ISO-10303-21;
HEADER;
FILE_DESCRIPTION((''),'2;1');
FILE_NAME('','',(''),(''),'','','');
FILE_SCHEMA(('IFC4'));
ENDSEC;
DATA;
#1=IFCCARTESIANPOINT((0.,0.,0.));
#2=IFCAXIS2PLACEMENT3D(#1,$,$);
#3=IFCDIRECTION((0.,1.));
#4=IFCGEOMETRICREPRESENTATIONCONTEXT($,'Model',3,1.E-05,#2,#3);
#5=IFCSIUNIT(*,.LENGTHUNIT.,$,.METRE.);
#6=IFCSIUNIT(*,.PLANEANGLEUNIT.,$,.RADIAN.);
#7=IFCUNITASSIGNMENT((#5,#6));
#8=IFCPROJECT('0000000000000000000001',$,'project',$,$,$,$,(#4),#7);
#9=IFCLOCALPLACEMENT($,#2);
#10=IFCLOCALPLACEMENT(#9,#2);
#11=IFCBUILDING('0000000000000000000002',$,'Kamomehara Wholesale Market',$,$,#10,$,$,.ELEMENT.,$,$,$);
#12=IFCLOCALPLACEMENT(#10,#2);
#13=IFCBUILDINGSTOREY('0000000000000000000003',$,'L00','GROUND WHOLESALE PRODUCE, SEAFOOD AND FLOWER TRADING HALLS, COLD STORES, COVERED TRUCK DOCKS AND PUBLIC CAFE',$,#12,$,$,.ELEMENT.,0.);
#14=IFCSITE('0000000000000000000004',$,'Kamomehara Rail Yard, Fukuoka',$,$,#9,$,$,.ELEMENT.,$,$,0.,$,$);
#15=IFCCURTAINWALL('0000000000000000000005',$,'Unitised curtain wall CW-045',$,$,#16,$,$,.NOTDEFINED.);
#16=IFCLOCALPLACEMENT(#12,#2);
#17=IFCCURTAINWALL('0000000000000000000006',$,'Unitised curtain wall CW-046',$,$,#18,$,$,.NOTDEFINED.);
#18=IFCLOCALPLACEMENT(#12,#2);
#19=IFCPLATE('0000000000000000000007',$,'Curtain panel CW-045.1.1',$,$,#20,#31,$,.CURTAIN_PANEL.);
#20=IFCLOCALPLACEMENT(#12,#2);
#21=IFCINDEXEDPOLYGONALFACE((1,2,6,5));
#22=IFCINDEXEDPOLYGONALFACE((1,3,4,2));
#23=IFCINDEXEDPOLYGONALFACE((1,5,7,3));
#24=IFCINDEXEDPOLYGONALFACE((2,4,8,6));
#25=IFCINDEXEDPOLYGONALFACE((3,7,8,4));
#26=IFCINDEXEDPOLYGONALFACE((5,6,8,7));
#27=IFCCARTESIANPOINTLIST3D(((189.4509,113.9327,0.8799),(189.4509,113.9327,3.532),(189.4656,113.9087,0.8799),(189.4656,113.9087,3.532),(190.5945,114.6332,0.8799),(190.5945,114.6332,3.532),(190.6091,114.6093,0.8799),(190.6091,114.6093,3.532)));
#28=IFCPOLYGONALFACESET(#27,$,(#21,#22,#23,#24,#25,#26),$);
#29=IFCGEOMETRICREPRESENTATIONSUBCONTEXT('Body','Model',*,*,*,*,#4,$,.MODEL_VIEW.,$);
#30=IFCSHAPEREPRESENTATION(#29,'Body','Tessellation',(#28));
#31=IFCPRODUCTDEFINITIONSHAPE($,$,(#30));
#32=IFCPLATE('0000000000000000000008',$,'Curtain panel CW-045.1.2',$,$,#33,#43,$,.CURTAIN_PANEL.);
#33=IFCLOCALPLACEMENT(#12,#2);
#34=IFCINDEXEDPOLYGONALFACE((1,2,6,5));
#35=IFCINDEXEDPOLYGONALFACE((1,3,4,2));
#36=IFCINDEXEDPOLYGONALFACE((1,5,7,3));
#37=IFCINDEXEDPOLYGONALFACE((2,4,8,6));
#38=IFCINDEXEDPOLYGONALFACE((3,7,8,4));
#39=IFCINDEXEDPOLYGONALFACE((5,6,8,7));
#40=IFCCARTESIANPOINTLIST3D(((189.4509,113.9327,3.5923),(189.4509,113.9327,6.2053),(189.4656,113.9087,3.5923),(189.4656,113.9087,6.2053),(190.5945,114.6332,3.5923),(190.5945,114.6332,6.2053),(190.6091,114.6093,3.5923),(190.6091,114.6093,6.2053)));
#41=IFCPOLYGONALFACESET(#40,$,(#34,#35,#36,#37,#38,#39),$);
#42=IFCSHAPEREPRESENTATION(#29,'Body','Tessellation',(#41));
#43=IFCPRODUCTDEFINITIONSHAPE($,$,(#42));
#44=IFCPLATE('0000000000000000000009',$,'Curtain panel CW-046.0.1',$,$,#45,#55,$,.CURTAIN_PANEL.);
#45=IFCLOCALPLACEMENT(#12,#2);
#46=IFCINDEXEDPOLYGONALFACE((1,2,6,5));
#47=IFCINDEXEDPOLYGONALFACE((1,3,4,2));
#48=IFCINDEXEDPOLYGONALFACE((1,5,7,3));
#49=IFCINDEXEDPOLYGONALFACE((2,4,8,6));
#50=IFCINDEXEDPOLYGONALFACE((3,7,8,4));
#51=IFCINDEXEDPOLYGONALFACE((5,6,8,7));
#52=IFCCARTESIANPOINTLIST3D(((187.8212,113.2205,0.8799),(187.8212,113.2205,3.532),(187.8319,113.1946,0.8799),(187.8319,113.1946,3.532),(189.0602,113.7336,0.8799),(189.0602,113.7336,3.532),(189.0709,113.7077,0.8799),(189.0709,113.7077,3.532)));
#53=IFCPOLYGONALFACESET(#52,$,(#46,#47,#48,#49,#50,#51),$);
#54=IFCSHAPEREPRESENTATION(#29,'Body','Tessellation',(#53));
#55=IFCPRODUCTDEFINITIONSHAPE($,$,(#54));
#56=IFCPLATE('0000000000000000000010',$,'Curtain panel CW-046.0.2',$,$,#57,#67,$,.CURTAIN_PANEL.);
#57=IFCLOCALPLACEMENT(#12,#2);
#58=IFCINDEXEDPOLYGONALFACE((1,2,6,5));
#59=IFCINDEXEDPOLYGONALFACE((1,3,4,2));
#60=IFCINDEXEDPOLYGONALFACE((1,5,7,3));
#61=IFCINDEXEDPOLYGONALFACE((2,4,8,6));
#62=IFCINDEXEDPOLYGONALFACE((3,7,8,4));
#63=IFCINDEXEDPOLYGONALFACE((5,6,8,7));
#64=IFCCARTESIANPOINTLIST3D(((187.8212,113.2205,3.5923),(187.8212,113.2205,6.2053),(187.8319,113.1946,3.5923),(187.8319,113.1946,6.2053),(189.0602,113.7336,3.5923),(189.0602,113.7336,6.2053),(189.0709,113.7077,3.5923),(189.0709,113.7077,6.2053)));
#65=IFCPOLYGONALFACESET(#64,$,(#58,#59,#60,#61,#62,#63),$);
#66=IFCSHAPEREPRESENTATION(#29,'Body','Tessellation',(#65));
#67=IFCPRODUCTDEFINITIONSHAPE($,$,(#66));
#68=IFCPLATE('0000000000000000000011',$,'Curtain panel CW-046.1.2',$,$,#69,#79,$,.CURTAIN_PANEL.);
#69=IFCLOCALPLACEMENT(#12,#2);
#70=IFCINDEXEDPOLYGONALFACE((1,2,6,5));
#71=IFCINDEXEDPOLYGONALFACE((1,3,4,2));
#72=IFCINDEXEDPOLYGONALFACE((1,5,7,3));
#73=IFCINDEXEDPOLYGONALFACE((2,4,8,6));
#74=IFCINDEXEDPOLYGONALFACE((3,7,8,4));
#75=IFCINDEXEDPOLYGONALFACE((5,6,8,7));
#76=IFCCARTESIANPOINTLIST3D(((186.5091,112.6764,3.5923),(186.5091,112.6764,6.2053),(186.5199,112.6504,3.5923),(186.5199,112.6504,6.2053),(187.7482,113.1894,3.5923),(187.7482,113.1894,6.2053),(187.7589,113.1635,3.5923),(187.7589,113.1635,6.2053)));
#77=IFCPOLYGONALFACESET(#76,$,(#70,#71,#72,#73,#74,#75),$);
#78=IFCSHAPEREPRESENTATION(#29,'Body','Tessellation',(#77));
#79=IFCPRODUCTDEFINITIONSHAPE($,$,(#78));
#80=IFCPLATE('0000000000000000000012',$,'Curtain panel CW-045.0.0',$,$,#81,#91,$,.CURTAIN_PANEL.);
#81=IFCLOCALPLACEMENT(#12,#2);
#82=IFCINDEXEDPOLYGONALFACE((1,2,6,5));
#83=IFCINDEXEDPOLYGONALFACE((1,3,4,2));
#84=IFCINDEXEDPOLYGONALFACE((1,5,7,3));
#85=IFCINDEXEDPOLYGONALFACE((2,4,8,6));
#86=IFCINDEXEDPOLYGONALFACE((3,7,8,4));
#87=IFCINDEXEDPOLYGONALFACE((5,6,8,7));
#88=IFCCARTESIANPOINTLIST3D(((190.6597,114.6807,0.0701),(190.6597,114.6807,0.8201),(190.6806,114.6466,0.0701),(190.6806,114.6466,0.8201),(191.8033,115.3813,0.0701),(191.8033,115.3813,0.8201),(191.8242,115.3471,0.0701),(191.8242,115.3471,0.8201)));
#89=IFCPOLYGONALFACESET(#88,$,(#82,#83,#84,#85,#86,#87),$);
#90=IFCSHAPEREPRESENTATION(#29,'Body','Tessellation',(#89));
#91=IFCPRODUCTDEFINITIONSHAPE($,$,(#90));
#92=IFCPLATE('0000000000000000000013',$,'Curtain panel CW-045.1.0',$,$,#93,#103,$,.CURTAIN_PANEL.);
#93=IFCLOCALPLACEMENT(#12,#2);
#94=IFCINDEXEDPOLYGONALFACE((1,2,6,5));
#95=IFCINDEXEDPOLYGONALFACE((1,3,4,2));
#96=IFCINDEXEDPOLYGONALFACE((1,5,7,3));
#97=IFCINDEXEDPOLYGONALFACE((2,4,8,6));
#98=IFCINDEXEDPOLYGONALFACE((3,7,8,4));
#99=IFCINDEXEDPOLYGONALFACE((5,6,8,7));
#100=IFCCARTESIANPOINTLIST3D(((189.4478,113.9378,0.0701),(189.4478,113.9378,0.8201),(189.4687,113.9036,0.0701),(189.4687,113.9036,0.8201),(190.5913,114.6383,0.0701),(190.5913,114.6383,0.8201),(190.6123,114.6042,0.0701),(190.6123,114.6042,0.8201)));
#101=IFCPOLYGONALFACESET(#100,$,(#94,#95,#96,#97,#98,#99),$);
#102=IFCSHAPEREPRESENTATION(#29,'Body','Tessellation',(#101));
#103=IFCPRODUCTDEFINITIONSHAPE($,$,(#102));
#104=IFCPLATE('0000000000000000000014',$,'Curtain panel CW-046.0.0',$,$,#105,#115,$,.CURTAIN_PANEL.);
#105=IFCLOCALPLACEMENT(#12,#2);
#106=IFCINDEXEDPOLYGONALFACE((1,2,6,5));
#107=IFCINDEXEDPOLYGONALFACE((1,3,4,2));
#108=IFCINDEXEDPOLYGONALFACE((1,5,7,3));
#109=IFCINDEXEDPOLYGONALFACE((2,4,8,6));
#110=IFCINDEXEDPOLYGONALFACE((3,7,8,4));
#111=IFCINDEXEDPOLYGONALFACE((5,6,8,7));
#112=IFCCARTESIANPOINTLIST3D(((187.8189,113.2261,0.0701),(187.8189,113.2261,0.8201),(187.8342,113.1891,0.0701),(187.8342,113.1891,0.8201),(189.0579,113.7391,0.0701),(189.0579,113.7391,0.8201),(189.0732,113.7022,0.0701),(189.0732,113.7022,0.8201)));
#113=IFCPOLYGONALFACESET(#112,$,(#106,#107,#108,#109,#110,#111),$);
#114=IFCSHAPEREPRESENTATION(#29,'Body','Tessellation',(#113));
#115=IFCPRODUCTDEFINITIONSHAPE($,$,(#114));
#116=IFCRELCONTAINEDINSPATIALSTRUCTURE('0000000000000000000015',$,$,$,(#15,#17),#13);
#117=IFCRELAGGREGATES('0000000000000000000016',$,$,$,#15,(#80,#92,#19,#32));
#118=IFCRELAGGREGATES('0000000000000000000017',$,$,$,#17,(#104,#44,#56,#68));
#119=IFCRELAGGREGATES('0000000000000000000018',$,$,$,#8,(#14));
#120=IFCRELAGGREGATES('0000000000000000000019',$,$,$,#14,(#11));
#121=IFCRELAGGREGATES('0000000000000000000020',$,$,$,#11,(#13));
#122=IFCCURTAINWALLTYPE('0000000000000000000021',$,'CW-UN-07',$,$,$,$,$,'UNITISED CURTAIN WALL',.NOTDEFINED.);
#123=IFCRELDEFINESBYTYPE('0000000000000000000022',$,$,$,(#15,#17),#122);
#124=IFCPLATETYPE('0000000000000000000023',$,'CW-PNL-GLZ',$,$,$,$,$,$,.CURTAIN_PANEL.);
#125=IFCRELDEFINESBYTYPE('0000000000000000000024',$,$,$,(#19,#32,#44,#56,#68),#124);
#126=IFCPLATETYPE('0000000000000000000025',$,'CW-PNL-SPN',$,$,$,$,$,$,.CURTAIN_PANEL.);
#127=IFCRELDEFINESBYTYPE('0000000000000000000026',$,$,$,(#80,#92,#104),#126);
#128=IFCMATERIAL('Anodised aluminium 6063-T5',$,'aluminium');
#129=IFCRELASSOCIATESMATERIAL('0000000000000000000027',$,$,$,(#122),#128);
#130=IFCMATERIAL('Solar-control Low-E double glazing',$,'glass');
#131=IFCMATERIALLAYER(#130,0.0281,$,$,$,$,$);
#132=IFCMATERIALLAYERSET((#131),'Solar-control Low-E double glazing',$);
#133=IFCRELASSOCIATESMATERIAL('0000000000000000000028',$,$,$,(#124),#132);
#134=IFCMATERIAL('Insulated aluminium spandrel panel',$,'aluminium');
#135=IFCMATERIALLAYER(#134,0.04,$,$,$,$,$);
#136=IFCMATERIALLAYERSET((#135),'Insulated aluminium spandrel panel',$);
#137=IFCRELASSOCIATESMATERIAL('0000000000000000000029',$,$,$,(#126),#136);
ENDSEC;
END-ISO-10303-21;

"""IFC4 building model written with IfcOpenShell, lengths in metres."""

from ifc_helpers import new_model, si_unit, direction, frame, origin, origin_2d, place, context, subcontext, project, spatial, rectangle, extrude, material, layer, layer_set, type_object, element, aggregate, save


model = new_model("IFC4")

# Units and contexts
model_context = context("Model", 3, precision=1e-05, world=origin(), true_north=direction((0.0, 1.0)))
body_context = subcontext(model_context, "Body", "Model", "MODEL_VIEW")
ifc_project = project(units=[si_unit("LENGTHUNIT", "METRE"), si_unit("PLANEANGLEUNIT", "RADIAN")], contexts=[model_context])

# Site, building, storey
site_placement = place(None, origin())
site = spatial("IfcSite", under=ifc_project, at=site_placement, Name="Kamomehara Rail Yard, Fukuoka", CompositionType="ELEMENT", RefElevation=0.0)
building_placement = place(site_placement, origin())
building = spatial("IfcBuilding", under=site, at=building_placement, Name="Kamomehara Wholesale Market", CompositionType="ELEMENT")
storey_placement = place(building_placement, origin())
storey = spatial("IfcBuildingStorey", under=building, at=storey_placement, Name="L00", Description="GROUND WHOLESALE PRODUCE, SEAFOOD AND FLOWER TRADING HALLS, COLD STORES, COVERED TRUCK DOCKS AND PUBLIC CAFE", CompositionType="ELEMENT", Elevation=0.0)

# Curtain walls
ifc_material_1 = material(Name="Anodised aluminium 6063-T5", Category="aluminium")
curtain_wall_type = type_object("IfcCurtainWallType", Name="CW-UN-07", ElementType="UNITISED CURTAIN WALL", PredefinedType="NOTDEFINED", material=ifc_material_1)
curtain_wall_1_placement = place(storey_placement, origin())
curtain_wall_1 = element("IfcCurtainWall", 1, at=curtain_wall_1_placement, inside=storey, type_object=curtain_wall_type, Name="Unitised curtain wall CW-045", PredefinedType="NOTDEFINED")
curtain_wall_2_placement = place(storey_placement, origin())
curtain_wall_2 = element("IfcCurtainWall", 2, at=curtain_wall_2_placement, inside=storey, type_object=curtain_wall_type, Name="Unitised curtain wall CW-046", PredefinedType="NOTDEFINED")

# Plates
ifc_material_2 = material(Name="Solar-control Low-E double glazing", Category="glass")
ifc_layer_1 = layer(ifc_material_2, 0.0281)
ifc_layer_set_1 = layer_set([ifc_layer_1], Name="Solar-control Low-E double glazing")
plate_type_1 = type_object("IfcPlateType", Name="CW-PNL-GLZ", PredefinedType="CURTAIN_PANEL", material=ifc_layer_set_1)
plate_1_placement = place(storey_placement, frame((190.03, 114.271, 0.8799), z_axis=(0.0, 0.0, 1.0), x_axis=(-0.852704, -0.522394, 0.0)))
plate_1 = element("IfcPlate", 3, at=plate_1_placement, type_object=plate_type_1, Name="Curtain panel CW-045.1.1", PredefinedType="CURTAIN_PANEL", context=body_context, shape_type="SweptSolid", body=[
    extrude(rectangle(XDim=1.3411, YDim=0.0281, at=origin_2d()), origin(), (0.0, 0.0, 1.0), 2.6521),
])
plate_2_placement = place(storey_placement, frame((190.03, 114.271, 3.5923), z_axis=(0.0, 0.0, 1.0), x_axis=(-0.852704, -0.522394, 0.0)))
plate_2 = element("IfcPlate", 4, at=plate_2_placement, type_object=plate_type_1, Name="Curtain panel CW-045.1.2", PredefinedType="CURTAIN_PANEL", context=body_context, shape_type="SweptSolid", body=[
    extrude(rectangle(XDim=1.3411, YDim=0.0281, at=origin_2d()), origin(), (0.0, 0.0, 1.0), 2.613),
])
plate_3_placement = place(storey_placement, frame((188.446, 113.4641, 0.8799), z_axis=(0.0, 0.0, 1.0), x_axis=(-0.92392, -0.382587, 0.0)))
plate_3 = element("IfcPlate", 5, at=plate_3_placement, type_object=plate_type_1, Name="Curtain panel CW-046.0.1", PredefinedType="CURTAIN_PANEL", context=body_context, shape_type="SweptSolid", body=[
    extrude(rectangle(XDim=1.3411, YDim=0.0281, at=origin_2d()), origin(), (0.0, 0.0, 1.0), 2.6521),
])
plate_4_placement = place(storey_placement, frame((188.446, 113.4641, 3.5923), z_axis=(0.0, 0.0, 1.0), x_axis=(-0.92392, -0.382587, 0.0)))
plate_4 = element("IfcPlate", 6, at=plate_4_placement, type_object=plate_type_1, Name="Curtain panel CW-046.0.2", PredefinedType="CURTAIN_PANEL", context=body_context, shape_type="SweptSolid", body=[
    extrude(rectangle(XDim=1.3411, YDim=0.0281, at=origin_2d()), origin(), (0.0, 0.0, 1.0), 2.613),
])
plate_5_placement = place(storey_placement, frame((187.134, 112.9199, 3.5923), z_axis=(0.0, 0.0, 1.0), x_axis=(-0.92392, -0.382587, 0.0)))
plate_5 = element("IfcPlate", 7, at=plate_5_placement, type_object=plate_type_1, Name="Curtain panel CW-046.1.2", PredefinedType="CURTAIN_PANEL", context=body_context, shape_type="SweptSolid", body=[
    extrude(rectangle(XDim=1.3411, YDim=0.0281, at=origin_2d()), origin(), (0.0, 0.0, 1.0), 2.613),
])
ifc_material_3 = material(Name="Insulated aluminium spandrel panel", Category="aluminium")
ifc_layer_2 = layer(ifc_material_3, 0.04)
ifc_layer_set_2 = layer_set([ifc_layer_2], Name="Insulated aluminium spandrel panel")
plate_type_2 = type_object("IfcPlateType", Name="CW-PNL-SPN", PredefinedType="CURTAIN_PANEL", material=ifc_layer_set_2)
plate_6_placement = place(storey_placement, frame((191.2419, 115.0139, 0.0701), z_axis=(0.0, 0.0, 1.0), x_axis=(-0.852704, -0.522394, 0.0)))
plate_6 = element("IfcPlate", 8, at=plate_6_placement, type_object=plate_type_2, Name="Curtain panel CW-045.0.0", PredefinedType="CURTAIN_PANEL", context=body_context, shape_type="SweptSolid", body=[
    extrude(rectangle(XDim=1.3411, YDim=0.04, at=origin_2d()), origin(), (0.0, 0.0, 1.0), 0.75),
])
plate_7_placement = place(storey_placement, frame((190.03, 114.271, 0.0701), z_axis=(0.0, 0.0, 1.0), x_axis=(-0.852704, -0.522394, 0.0)))
plate_7 = element("IfcPlate", 9, at=plate_7_placement, type_object=plate_type_2, Name="Curtain panel CW-045.1.0", PredefinedType="CURTAIN_PANEL", context=body_context, shape_type="SweptSolid", body=[
    extrude(rectangle(XDim=1.3411, YDim=0.04, at=origin_2d()), origin(), (0.0, 0.0, 1.0), 0.75),
])
aggregate(curtain_wall_1, [plate_6, plate_7, plate_1, plate_2])
plate_8_placement = place(storey_placement, frame((188.446, 113.4641, 0.0701), z_axis=(0.0, 0.0, 1.0), x_axis=(-0.92392, -0.382587, 0.0)))
plate_8 = element("IfcPlate", 10, at=plate_8_placement, type_object=plate_type_2, Name="Curtain panel CW-046.0.0", PredefinedType="CURTAIN_PANEL", context=body_context, shape_type="SweptSolid", body=[
    extrude(rectangle(XDim=1.3411, YDim=0.04, at=origin_2d()), origin(), (0.0, 0.0, 1.0), 0.75),
])
aggregate(curtain_wall_2, [plate_8, plate_3, plate_4, plate_5])

save(model, "model.ifc")
